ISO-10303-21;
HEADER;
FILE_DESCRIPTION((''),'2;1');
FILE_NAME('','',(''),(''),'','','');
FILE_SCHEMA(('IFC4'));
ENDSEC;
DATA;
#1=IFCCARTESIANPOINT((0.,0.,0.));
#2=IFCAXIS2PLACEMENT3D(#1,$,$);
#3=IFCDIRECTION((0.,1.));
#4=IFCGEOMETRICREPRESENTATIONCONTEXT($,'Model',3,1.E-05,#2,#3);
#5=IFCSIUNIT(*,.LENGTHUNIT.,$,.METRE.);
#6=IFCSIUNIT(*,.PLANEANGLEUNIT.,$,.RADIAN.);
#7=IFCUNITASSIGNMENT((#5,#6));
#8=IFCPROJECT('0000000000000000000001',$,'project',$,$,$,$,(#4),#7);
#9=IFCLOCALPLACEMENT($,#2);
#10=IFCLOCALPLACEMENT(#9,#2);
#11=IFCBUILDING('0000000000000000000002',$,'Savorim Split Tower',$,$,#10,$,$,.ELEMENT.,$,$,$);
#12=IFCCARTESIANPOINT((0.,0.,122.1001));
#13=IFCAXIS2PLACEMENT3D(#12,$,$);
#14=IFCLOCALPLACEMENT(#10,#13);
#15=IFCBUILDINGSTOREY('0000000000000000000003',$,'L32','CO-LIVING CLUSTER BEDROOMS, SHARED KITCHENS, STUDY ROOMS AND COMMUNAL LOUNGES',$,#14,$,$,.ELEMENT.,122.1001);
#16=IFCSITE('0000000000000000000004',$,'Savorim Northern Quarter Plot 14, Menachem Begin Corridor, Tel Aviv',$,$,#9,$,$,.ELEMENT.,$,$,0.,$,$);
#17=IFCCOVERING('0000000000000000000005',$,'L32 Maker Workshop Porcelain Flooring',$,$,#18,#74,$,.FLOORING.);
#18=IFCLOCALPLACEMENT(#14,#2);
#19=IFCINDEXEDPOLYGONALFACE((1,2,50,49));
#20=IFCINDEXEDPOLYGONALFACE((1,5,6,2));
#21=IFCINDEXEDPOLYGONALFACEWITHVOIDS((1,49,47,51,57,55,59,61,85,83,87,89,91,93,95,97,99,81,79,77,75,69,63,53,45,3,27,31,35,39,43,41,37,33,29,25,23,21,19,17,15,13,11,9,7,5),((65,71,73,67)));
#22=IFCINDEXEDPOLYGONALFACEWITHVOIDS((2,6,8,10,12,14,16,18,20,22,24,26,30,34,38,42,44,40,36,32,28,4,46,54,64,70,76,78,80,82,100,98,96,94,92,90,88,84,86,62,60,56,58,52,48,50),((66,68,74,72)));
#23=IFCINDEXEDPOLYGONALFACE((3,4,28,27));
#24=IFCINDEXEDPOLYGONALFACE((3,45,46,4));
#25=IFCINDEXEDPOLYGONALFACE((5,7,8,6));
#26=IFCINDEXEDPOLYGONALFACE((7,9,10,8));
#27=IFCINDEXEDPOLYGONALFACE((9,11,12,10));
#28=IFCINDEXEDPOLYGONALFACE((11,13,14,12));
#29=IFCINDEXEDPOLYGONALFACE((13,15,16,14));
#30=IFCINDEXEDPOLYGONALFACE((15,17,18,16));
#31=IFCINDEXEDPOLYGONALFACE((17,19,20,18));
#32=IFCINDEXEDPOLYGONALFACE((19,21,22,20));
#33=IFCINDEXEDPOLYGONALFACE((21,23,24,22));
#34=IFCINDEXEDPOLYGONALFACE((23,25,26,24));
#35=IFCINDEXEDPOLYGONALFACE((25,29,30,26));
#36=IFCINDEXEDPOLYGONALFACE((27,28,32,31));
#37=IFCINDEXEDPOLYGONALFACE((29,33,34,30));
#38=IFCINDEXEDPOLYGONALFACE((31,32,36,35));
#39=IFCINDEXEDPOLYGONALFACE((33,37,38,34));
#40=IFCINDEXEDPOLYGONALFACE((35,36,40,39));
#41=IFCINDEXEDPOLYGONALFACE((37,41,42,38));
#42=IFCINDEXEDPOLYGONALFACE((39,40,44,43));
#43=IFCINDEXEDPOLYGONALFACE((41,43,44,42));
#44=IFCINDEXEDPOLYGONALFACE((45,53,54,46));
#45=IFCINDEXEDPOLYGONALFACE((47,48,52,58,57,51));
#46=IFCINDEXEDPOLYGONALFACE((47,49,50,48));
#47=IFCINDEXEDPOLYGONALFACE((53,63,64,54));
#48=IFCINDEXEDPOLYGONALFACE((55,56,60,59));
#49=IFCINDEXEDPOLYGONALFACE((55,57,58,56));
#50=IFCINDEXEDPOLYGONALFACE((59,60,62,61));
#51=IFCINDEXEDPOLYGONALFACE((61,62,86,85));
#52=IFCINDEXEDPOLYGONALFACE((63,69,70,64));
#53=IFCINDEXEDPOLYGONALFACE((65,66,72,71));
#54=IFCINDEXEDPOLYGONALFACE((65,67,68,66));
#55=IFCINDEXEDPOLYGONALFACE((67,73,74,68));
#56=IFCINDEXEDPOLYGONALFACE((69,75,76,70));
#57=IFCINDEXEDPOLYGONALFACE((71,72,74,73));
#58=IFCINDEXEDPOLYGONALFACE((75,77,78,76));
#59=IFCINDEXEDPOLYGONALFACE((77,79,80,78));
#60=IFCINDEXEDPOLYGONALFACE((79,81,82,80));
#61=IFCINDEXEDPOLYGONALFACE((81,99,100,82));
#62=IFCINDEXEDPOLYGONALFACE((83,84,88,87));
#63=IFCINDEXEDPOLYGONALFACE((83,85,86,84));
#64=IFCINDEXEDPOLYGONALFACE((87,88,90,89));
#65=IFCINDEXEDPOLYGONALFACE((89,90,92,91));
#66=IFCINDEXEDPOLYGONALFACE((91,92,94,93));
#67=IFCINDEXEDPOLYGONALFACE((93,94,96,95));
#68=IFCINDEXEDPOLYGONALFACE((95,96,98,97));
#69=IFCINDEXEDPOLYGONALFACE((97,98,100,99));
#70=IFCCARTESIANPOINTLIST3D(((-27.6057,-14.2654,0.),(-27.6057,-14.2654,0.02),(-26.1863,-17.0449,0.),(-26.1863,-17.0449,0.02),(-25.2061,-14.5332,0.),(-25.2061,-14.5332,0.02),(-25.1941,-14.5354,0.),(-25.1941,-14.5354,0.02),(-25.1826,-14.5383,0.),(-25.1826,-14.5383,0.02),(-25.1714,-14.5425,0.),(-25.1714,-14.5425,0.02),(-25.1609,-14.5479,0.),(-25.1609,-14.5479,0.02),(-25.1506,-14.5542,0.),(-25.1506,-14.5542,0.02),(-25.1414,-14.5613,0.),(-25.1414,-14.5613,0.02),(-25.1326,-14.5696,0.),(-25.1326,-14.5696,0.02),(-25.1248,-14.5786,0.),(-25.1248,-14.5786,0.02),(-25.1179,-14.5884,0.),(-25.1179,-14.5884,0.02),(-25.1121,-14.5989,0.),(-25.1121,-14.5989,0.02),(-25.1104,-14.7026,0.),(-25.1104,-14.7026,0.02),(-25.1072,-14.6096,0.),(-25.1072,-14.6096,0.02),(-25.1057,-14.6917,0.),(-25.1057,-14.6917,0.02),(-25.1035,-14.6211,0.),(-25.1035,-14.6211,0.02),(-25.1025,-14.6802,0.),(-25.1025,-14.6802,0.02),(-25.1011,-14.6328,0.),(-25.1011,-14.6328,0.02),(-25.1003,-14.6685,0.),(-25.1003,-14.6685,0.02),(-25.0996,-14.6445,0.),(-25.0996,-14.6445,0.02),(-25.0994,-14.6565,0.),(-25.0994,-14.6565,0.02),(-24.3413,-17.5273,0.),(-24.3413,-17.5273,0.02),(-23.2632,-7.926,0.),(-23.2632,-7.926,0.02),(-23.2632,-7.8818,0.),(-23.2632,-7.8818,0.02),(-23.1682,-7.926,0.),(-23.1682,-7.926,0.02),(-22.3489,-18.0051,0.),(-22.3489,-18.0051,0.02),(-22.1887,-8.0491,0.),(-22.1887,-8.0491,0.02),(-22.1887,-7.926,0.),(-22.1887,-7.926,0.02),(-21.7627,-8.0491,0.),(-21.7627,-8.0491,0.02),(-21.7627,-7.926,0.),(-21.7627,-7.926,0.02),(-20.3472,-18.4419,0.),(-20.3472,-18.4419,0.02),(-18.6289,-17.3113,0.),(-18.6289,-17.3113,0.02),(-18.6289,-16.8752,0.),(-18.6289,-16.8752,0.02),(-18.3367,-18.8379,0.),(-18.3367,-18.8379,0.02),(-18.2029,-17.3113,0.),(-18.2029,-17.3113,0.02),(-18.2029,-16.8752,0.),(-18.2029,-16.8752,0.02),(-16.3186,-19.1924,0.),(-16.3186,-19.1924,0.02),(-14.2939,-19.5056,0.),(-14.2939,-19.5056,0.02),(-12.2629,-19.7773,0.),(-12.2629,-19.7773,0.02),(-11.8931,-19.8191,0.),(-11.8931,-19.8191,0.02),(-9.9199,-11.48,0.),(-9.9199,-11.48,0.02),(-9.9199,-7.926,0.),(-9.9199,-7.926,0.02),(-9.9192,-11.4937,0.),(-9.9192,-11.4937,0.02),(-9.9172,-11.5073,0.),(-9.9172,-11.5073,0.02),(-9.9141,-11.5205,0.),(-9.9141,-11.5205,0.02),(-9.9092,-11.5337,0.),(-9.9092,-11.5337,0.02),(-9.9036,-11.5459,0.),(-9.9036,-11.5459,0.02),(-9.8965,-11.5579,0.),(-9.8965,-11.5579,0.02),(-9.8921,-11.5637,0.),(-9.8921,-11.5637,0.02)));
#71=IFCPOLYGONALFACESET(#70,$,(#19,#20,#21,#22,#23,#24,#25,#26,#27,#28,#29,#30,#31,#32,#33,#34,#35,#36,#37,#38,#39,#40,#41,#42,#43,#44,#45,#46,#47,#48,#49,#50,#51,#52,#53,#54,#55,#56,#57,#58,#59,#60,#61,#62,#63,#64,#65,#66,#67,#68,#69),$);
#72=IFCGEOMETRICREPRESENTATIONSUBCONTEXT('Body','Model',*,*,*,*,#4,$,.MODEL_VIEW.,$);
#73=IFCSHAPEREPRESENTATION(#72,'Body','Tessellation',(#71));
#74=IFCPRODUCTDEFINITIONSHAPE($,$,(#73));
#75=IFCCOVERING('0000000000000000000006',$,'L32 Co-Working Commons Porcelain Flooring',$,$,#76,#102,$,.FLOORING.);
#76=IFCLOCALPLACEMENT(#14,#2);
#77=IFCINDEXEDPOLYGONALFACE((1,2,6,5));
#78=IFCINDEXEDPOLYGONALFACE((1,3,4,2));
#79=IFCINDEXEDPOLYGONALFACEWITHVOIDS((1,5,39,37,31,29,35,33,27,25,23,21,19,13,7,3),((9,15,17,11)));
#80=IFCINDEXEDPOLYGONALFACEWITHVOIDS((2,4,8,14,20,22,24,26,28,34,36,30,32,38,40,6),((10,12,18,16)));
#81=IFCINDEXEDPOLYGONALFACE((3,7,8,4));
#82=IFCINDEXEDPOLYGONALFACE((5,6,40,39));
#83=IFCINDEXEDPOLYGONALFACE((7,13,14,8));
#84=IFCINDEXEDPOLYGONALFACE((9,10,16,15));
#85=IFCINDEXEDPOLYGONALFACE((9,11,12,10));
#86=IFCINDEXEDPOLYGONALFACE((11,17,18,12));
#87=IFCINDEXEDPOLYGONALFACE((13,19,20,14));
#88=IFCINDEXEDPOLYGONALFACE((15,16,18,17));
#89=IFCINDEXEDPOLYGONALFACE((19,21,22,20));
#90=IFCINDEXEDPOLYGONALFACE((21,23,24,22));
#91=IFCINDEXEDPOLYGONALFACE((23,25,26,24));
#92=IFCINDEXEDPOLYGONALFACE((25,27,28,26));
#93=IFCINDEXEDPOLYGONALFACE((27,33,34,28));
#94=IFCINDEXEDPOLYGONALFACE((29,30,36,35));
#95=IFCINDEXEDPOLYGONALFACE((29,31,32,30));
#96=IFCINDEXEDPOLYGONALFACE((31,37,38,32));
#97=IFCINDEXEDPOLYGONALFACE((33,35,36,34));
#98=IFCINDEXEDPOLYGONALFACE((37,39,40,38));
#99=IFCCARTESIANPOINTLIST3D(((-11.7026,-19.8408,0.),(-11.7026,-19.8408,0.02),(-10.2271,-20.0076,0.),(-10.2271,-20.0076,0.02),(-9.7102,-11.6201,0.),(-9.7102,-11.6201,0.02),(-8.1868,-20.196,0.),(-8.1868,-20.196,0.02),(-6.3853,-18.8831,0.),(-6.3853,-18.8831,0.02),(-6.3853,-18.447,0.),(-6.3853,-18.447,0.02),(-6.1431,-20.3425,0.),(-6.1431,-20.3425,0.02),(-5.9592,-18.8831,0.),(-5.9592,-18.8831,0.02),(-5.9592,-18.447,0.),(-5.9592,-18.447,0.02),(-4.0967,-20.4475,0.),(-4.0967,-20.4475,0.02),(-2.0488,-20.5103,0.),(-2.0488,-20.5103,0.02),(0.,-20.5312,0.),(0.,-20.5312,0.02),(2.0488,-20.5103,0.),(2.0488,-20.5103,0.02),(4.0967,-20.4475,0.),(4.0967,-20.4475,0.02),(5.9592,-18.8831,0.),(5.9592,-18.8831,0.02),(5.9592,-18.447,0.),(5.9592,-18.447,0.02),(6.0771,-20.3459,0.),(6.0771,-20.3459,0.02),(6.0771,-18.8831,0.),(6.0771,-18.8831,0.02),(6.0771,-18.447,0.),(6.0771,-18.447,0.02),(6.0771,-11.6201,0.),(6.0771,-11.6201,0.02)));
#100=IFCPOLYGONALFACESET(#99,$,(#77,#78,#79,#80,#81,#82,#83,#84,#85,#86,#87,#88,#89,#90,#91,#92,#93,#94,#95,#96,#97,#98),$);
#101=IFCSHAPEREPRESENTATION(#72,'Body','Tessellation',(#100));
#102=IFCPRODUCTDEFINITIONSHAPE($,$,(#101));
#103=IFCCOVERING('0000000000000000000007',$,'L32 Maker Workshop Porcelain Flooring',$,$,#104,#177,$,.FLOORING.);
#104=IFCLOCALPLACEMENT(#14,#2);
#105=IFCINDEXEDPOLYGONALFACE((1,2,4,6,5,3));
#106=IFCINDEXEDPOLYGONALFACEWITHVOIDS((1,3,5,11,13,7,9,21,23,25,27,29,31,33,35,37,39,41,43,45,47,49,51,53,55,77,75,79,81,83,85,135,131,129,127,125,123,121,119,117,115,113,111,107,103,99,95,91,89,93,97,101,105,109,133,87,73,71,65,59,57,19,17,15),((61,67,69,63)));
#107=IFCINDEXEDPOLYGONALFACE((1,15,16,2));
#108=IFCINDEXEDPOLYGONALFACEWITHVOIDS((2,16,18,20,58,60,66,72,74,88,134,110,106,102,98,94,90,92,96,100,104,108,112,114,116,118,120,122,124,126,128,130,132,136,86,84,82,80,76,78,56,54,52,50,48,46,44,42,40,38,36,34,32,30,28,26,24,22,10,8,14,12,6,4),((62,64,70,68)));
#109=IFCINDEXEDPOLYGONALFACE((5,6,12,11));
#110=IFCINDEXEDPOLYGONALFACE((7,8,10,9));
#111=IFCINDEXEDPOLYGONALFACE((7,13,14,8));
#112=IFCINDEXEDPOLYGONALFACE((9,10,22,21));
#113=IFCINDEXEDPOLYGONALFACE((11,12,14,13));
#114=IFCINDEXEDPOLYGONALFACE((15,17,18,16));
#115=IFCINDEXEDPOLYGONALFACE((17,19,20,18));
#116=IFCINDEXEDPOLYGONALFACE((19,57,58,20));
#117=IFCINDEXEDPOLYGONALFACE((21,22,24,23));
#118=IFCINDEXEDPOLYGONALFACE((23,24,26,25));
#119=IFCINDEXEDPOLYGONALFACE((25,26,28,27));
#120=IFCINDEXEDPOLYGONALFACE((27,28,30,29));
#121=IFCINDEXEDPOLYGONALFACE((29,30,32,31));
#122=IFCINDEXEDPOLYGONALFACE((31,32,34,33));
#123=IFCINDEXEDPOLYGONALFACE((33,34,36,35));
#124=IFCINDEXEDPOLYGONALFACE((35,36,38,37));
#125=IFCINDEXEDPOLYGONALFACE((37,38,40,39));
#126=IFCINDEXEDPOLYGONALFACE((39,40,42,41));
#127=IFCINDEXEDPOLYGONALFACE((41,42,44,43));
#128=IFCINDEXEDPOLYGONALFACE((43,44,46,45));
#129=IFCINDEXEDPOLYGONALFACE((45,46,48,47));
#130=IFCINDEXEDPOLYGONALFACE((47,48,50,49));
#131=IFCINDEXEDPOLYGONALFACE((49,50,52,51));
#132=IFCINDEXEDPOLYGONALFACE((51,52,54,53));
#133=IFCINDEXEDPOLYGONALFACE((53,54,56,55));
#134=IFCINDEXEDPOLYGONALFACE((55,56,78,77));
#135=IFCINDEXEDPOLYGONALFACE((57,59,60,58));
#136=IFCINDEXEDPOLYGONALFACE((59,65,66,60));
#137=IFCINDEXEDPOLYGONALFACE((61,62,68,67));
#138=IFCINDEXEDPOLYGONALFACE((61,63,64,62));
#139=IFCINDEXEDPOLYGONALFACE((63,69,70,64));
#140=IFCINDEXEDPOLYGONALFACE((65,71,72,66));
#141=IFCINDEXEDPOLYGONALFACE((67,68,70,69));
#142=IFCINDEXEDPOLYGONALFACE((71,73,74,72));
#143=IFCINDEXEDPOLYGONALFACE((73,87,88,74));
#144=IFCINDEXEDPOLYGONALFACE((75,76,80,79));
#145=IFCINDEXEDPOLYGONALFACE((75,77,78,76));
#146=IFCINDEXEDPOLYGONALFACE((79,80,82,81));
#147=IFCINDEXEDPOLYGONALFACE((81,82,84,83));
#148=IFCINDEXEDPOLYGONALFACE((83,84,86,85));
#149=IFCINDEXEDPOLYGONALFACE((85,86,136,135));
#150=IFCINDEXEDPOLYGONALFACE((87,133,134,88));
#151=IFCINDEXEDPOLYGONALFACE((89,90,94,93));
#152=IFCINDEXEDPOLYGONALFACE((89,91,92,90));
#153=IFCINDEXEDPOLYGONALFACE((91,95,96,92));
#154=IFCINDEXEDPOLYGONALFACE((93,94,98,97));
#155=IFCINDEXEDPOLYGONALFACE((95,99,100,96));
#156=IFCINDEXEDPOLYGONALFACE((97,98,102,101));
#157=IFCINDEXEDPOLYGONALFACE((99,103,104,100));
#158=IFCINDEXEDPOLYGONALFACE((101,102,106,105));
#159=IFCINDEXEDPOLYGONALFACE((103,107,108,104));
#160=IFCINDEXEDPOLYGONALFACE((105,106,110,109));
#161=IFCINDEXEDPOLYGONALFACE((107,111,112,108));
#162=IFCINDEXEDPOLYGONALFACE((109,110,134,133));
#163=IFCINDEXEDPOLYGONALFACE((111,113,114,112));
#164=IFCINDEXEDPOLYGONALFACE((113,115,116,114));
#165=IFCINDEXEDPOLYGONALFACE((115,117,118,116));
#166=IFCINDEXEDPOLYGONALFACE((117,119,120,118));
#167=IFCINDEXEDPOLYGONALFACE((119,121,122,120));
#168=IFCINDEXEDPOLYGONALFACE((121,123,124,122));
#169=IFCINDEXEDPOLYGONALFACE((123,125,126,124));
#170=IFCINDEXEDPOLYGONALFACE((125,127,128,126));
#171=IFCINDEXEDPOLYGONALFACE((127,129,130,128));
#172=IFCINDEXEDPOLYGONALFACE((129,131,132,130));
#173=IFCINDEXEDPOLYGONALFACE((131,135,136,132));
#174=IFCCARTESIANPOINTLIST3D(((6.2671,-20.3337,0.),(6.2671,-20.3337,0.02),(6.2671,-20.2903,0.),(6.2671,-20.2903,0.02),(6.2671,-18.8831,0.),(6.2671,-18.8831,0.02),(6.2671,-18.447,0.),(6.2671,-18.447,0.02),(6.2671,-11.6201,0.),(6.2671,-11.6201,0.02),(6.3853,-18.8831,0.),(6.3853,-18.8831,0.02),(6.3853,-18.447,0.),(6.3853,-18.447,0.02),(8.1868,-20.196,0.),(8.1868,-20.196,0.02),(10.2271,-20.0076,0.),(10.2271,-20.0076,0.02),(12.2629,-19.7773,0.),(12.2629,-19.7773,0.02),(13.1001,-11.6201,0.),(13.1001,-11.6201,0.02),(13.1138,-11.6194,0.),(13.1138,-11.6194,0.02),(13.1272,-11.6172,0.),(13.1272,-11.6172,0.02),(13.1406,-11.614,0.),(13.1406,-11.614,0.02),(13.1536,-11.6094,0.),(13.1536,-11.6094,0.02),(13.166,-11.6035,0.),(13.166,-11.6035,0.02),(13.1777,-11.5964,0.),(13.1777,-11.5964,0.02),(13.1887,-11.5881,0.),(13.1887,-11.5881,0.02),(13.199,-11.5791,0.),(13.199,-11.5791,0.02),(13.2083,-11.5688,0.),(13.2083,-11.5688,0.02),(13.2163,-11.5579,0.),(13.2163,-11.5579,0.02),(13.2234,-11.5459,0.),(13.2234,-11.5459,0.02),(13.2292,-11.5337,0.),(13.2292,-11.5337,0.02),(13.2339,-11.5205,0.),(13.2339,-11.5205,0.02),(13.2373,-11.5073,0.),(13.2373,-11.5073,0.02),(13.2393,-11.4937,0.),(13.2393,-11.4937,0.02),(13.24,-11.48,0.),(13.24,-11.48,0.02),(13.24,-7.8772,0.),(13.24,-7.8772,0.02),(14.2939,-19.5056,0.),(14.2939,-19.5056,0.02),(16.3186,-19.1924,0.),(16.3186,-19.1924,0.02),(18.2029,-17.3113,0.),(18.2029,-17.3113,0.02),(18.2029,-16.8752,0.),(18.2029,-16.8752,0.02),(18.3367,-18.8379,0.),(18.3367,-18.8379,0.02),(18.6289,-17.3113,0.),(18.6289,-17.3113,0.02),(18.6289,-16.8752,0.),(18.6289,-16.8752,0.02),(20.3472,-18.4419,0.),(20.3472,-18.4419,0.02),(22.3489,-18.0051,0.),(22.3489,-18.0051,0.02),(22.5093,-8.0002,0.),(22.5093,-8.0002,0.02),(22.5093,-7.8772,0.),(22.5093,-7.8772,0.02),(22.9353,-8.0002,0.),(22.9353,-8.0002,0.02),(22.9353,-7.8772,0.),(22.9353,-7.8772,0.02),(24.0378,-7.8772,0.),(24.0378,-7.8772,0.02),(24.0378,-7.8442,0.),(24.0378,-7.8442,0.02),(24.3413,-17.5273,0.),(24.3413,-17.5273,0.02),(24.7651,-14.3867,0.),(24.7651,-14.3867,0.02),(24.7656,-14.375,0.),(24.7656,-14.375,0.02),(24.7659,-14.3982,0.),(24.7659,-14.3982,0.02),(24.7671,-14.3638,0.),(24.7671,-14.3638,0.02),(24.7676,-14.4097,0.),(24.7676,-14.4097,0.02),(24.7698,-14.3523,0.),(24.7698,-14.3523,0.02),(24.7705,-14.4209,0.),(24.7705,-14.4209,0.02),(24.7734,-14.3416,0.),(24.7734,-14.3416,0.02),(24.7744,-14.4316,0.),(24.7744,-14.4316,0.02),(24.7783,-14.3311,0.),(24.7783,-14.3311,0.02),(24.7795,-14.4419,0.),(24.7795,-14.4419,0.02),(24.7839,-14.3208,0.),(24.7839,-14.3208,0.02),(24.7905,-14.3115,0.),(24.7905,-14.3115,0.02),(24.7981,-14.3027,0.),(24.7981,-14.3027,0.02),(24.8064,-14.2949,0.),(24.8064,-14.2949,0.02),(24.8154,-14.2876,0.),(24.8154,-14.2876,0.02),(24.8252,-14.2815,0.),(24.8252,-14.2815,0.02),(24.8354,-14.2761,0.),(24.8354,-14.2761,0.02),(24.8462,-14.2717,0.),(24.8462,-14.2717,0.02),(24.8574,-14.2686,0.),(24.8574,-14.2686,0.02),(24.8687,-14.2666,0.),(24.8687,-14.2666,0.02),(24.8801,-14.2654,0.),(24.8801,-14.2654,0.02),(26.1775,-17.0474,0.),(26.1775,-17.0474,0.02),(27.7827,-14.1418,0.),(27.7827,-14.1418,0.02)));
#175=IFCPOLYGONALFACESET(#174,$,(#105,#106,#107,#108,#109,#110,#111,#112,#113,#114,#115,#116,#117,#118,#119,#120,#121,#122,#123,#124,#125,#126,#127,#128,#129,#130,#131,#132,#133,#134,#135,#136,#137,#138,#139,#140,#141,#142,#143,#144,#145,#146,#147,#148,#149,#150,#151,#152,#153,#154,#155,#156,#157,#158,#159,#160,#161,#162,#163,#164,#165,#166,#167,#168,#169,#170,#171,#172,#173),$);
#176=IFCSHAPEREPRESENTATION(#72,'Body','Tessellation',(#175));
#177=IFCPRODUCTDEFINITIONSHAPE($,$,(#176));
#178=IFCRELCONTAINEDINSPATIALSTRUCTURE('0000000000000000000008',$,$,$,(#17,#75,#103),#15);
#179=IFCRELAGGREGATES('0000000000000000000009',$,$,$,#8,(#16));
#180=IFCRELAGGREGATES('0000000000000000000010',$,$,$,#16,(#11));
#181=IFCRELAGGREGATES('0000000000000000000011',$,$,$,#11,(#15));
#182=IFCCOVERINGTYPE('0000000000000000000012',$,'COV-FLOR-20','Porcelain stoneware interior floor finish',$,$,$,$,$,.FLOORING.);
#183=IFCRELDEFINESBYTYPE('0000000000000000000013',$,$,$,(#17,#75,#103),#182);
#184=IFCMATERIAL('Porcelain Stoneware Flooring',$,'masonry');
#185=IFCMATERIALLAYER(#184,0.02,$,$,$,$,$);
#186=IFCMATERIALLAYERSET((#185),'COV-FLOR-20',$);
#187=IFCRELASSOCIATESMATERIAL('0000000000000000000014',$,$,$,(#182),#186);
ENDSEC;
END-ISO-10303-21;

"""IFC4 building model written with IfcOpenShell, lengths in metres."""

from ifc_helpers import new_model, si_unit, direction, frame, origin, place, context, subcontext, project, spatial, polyline, outline, extrude, material, layer, layer_set, type_object, element, save


model = new_model("IFC4")

# Units and contexts
model_context = context("Model", 3, precision=1e-05, world=origin(), true_north=direction((0.0, 1.0)))
body_context = subcontext(model_context, "Body", "Model", "MODEL_VIEW")
ifc_project = project(units=[si_unit("LENGTHUNIT", "METRE"), si_unit("PLANEANGLEUNIT", "RADIAN")], contexts=[model_context])

# Site, building, storey
site_placement = place(None, origin())
site = spatial("IfcSite", under=ifc_project, at=site_placement, Name="Savorim Northern Quarter Plot 14, Menachem Begin Corridor, Tel Aviv", CompositionType="ELEMENT", RefElevation=0.0)
building_placement = place(site_placement, origin())
building = spatial("IfcBuilding", under=site, at=building_placement, Name="Savorim Split Tower", CompositionType="ELEMENT")
storey_placement = place(building_placement, frame((0.0, 0.0, 122.1001)))
storey = spatial("IfcBuildingStorey", under=building, at=storey_placement, Name="L32", Description="CO-LIVING CLUSTER BEDROOMS, SHARED KITCHENS, STUDY ROOMS AND COMMUNAL LOUNGES", CompositionType="ELEMENT", Elevation=122.1001)

# Coverings
ifc_material_1 = material(Name="Porcelain Stoneware Flooring", Category="masonry")
ifc_layer_1 = layer(ifc_material_1, 0.02)
ifc_layer_set_1 = layer_set([ifc_layer_1], Name="COV-FLOR-20")
covering_type_1 = type_object("IfcCoveringType", Name="COV-FLOR-20", Description="Porcelain stoneware interior floor finish", PredefinedType="FLOORING", material=ifc_layer_set_1)
covering_1_placement = place(storey_placement, origin())
element("IfcCovering", 1, at=covering_1_placement, inside=storey, type_object=covering_type_1, Name="L32 Maker Workshop Porcelain Flooring", PredefinedType="FLOORING", context=body_context, shape_type="SweptSolid", body=[
    extrude(outline(polyline([(-25.0996, -14.6445), (-25.0994, -14.6565), (-25.1003, -14.6685), (-25.1025, -14.6802), (-25.1057, -14.6917), (-25.1104, -14.7026), (-26.1863, -17.0449), (-24.3413, -17.5273), (-22.3489, -18.0051), (-20.3472, -18.4419), (-18.3367, -18.8379), (-16.3186, -19.1924), (-14.2939, -19.5056), (-12.2629, -19.7773), (-11.8931, -19.8191), (-9.8921, -11.5637), (-9.8965, -11.5579), (-9.9036, -11.5459), (-9.9092, -11.5337), (-9.9141, -11.5205), (-9.9172, -11.5073), (-9.9192, -11.4937), (-9.9199, -11.48), (-9.9199, -7.926), (-21.7627, -7.926), (-21.7627, -8.0491), (-22.1887, -8.0491), (-22.1887, -7.926), (-23.1682, -7.926), (-23.2632, -7.926), (-23.2632, -7.8818), (-27.6057, -14.2654), (-25.2061, -14.5332), (-25.1941, -14.5354), (-25.1826, -14.5383), (-25.1714, -14.5425), (-25.1609, -14.5479), (-25.1506, -14.5542), (-25.1414, -14.5613), (-25.1326, -14.5696), (-25.1248, -14.5786), (-25.1179, -14.5884), (-25.1121, -14.5989), (-25.1072, -14.6096), (-25.1035, -14.6211), (-25.1011, -14.6328), (-25.0996, -14.6445)]), holes=[polyline([(-18.6289, -17.3113), (-18.2029, -17.3113), (-18.2029, -16.8752), (-18.6289, -16.8752), (-18.6289, -17.3113)])]), origin(), (0.0, 0.0, 1.0), 0.02),
])
covering_2_placement = place(storey_placement, origin())
element("IfcCovering", 2, at=covering_2_placement, inside=storey, type_object=covering_type_1, Name="L32 Co-Working Commons Porcelain Flooring", PredefinedType="FLOORING", context=body_context, shape_type="SweptSolid", body=[
    extrude(outline(polyline([(5.9592, -18.447), (6.0771, -18.447), (6.0771, -11.6201), (-9.7102, -11.6201), (-11.7026, -19.8408), (-10.2271, -20.0076), (-8.1868, -20.196), (-6.1431, -20.3425), (-4.0967, -20.4475), (-2.0488, -20.5103), (0.0, -20.5312), (2.0488, -20.5103), (4.0967, -20.4475), (6.0771, -20.3459), (6.0771, -18.8831), (5.9592, -18.8831), (5.9592, -18.447)]), holes=[polyline([(-6.3853, -18.8831), (-5.9592, -18.8831), (-5.9592, -18.447), (-6.3853, -18.447), (-6.3853, -18.8831)])]), origin(), (0.0, 0.0, 1.0), 0.02),
])
covering_3_placement = place(storey_placement, origin())
element("IfcCovering", 3, at=covering_3_placement, inside=storey, type_object=covering_type_1, Name="L32 Maker Workshop Porcelain Flooring", PredefinedType="FLOORING", context=body_context, shape_type="SweptSolid", body=[
    extrude(outline(polyline([(24.8574, -14.2686), (24.8687, -14.2666), (24.8801, -14.2654), (27.7827, -14.1418), (24.0378, -7.8442), (24.0378, -7.8772), (22.9353, -7.8772), (22.9353, -8.0002), (22.5093, -8.0002), (22.5093, -7.8772), (13.24, -7.8772), (13.24, -11.48), (13.2393, -11.4937), (13.2373, -11.5073), (13.2339, -11.5205), (13.2292, -11.5337), (13.2234, -11.5459), (13.2163, -11.5579), (13.2083, -11.5688), (13.199, -11.5791), (13.1887, -11.5881), (13.1777, -11.5964), (13.166, -11.6035), (13.1536, -11.6094), (13.1406, -11.614), (13.1272, -11.6172), (13.1138, -11.6194), (13.1001, -11.6201), (6.2671, -11.6201), (6.2671, -18.447), (6.3853, -18.447), (6.3853, -18.8831), (6.2671, -18.8831), (6.2671, -20.2903), (6.2671, -20.3337), (8.1868, -20.196), (10.2271, -20.0076), (12.2629, -19.7773), (14.2939, -19.5056), (16.3186, -19.1924), (18.3367, -18.8379), (20.3472, -18.4419), (22.3489, -18.0051), (24.3413, -17.5273), (26.1775, -17.0474), (24.7795, -14.4419), (24.7744, -14.4316), (24.7705, -14.4209), (24.7676, -14.4097), (24.7659, -14.3982), (24.7651, -14.3867), (24.7656, -14.375), (24.7671, -14.3638), (24.7698, -14.3523), (24.7734, -14.3416), (24.7783, -14.3311), (24.7839, -14.3208), (24.7905, -14.3115), (24.7981, -14.3027), (24.8064, -14.2949), (24.8154, -14.2876), (24.8252, -14.2815), (24.8354, -14.2761), (24.8462, -14.2717), (24.8574, -14.2686)]), holes=[polyline([(18.6289, -17.3113), (18.6289, -16.8752), (18.2029, -16.8752), (18.2029, -17.3113), (18.6289, -17.3113)])]), origin(), (0.0, 0.0, 1.0), 0.02),
])

save(model, "model.ifc")
